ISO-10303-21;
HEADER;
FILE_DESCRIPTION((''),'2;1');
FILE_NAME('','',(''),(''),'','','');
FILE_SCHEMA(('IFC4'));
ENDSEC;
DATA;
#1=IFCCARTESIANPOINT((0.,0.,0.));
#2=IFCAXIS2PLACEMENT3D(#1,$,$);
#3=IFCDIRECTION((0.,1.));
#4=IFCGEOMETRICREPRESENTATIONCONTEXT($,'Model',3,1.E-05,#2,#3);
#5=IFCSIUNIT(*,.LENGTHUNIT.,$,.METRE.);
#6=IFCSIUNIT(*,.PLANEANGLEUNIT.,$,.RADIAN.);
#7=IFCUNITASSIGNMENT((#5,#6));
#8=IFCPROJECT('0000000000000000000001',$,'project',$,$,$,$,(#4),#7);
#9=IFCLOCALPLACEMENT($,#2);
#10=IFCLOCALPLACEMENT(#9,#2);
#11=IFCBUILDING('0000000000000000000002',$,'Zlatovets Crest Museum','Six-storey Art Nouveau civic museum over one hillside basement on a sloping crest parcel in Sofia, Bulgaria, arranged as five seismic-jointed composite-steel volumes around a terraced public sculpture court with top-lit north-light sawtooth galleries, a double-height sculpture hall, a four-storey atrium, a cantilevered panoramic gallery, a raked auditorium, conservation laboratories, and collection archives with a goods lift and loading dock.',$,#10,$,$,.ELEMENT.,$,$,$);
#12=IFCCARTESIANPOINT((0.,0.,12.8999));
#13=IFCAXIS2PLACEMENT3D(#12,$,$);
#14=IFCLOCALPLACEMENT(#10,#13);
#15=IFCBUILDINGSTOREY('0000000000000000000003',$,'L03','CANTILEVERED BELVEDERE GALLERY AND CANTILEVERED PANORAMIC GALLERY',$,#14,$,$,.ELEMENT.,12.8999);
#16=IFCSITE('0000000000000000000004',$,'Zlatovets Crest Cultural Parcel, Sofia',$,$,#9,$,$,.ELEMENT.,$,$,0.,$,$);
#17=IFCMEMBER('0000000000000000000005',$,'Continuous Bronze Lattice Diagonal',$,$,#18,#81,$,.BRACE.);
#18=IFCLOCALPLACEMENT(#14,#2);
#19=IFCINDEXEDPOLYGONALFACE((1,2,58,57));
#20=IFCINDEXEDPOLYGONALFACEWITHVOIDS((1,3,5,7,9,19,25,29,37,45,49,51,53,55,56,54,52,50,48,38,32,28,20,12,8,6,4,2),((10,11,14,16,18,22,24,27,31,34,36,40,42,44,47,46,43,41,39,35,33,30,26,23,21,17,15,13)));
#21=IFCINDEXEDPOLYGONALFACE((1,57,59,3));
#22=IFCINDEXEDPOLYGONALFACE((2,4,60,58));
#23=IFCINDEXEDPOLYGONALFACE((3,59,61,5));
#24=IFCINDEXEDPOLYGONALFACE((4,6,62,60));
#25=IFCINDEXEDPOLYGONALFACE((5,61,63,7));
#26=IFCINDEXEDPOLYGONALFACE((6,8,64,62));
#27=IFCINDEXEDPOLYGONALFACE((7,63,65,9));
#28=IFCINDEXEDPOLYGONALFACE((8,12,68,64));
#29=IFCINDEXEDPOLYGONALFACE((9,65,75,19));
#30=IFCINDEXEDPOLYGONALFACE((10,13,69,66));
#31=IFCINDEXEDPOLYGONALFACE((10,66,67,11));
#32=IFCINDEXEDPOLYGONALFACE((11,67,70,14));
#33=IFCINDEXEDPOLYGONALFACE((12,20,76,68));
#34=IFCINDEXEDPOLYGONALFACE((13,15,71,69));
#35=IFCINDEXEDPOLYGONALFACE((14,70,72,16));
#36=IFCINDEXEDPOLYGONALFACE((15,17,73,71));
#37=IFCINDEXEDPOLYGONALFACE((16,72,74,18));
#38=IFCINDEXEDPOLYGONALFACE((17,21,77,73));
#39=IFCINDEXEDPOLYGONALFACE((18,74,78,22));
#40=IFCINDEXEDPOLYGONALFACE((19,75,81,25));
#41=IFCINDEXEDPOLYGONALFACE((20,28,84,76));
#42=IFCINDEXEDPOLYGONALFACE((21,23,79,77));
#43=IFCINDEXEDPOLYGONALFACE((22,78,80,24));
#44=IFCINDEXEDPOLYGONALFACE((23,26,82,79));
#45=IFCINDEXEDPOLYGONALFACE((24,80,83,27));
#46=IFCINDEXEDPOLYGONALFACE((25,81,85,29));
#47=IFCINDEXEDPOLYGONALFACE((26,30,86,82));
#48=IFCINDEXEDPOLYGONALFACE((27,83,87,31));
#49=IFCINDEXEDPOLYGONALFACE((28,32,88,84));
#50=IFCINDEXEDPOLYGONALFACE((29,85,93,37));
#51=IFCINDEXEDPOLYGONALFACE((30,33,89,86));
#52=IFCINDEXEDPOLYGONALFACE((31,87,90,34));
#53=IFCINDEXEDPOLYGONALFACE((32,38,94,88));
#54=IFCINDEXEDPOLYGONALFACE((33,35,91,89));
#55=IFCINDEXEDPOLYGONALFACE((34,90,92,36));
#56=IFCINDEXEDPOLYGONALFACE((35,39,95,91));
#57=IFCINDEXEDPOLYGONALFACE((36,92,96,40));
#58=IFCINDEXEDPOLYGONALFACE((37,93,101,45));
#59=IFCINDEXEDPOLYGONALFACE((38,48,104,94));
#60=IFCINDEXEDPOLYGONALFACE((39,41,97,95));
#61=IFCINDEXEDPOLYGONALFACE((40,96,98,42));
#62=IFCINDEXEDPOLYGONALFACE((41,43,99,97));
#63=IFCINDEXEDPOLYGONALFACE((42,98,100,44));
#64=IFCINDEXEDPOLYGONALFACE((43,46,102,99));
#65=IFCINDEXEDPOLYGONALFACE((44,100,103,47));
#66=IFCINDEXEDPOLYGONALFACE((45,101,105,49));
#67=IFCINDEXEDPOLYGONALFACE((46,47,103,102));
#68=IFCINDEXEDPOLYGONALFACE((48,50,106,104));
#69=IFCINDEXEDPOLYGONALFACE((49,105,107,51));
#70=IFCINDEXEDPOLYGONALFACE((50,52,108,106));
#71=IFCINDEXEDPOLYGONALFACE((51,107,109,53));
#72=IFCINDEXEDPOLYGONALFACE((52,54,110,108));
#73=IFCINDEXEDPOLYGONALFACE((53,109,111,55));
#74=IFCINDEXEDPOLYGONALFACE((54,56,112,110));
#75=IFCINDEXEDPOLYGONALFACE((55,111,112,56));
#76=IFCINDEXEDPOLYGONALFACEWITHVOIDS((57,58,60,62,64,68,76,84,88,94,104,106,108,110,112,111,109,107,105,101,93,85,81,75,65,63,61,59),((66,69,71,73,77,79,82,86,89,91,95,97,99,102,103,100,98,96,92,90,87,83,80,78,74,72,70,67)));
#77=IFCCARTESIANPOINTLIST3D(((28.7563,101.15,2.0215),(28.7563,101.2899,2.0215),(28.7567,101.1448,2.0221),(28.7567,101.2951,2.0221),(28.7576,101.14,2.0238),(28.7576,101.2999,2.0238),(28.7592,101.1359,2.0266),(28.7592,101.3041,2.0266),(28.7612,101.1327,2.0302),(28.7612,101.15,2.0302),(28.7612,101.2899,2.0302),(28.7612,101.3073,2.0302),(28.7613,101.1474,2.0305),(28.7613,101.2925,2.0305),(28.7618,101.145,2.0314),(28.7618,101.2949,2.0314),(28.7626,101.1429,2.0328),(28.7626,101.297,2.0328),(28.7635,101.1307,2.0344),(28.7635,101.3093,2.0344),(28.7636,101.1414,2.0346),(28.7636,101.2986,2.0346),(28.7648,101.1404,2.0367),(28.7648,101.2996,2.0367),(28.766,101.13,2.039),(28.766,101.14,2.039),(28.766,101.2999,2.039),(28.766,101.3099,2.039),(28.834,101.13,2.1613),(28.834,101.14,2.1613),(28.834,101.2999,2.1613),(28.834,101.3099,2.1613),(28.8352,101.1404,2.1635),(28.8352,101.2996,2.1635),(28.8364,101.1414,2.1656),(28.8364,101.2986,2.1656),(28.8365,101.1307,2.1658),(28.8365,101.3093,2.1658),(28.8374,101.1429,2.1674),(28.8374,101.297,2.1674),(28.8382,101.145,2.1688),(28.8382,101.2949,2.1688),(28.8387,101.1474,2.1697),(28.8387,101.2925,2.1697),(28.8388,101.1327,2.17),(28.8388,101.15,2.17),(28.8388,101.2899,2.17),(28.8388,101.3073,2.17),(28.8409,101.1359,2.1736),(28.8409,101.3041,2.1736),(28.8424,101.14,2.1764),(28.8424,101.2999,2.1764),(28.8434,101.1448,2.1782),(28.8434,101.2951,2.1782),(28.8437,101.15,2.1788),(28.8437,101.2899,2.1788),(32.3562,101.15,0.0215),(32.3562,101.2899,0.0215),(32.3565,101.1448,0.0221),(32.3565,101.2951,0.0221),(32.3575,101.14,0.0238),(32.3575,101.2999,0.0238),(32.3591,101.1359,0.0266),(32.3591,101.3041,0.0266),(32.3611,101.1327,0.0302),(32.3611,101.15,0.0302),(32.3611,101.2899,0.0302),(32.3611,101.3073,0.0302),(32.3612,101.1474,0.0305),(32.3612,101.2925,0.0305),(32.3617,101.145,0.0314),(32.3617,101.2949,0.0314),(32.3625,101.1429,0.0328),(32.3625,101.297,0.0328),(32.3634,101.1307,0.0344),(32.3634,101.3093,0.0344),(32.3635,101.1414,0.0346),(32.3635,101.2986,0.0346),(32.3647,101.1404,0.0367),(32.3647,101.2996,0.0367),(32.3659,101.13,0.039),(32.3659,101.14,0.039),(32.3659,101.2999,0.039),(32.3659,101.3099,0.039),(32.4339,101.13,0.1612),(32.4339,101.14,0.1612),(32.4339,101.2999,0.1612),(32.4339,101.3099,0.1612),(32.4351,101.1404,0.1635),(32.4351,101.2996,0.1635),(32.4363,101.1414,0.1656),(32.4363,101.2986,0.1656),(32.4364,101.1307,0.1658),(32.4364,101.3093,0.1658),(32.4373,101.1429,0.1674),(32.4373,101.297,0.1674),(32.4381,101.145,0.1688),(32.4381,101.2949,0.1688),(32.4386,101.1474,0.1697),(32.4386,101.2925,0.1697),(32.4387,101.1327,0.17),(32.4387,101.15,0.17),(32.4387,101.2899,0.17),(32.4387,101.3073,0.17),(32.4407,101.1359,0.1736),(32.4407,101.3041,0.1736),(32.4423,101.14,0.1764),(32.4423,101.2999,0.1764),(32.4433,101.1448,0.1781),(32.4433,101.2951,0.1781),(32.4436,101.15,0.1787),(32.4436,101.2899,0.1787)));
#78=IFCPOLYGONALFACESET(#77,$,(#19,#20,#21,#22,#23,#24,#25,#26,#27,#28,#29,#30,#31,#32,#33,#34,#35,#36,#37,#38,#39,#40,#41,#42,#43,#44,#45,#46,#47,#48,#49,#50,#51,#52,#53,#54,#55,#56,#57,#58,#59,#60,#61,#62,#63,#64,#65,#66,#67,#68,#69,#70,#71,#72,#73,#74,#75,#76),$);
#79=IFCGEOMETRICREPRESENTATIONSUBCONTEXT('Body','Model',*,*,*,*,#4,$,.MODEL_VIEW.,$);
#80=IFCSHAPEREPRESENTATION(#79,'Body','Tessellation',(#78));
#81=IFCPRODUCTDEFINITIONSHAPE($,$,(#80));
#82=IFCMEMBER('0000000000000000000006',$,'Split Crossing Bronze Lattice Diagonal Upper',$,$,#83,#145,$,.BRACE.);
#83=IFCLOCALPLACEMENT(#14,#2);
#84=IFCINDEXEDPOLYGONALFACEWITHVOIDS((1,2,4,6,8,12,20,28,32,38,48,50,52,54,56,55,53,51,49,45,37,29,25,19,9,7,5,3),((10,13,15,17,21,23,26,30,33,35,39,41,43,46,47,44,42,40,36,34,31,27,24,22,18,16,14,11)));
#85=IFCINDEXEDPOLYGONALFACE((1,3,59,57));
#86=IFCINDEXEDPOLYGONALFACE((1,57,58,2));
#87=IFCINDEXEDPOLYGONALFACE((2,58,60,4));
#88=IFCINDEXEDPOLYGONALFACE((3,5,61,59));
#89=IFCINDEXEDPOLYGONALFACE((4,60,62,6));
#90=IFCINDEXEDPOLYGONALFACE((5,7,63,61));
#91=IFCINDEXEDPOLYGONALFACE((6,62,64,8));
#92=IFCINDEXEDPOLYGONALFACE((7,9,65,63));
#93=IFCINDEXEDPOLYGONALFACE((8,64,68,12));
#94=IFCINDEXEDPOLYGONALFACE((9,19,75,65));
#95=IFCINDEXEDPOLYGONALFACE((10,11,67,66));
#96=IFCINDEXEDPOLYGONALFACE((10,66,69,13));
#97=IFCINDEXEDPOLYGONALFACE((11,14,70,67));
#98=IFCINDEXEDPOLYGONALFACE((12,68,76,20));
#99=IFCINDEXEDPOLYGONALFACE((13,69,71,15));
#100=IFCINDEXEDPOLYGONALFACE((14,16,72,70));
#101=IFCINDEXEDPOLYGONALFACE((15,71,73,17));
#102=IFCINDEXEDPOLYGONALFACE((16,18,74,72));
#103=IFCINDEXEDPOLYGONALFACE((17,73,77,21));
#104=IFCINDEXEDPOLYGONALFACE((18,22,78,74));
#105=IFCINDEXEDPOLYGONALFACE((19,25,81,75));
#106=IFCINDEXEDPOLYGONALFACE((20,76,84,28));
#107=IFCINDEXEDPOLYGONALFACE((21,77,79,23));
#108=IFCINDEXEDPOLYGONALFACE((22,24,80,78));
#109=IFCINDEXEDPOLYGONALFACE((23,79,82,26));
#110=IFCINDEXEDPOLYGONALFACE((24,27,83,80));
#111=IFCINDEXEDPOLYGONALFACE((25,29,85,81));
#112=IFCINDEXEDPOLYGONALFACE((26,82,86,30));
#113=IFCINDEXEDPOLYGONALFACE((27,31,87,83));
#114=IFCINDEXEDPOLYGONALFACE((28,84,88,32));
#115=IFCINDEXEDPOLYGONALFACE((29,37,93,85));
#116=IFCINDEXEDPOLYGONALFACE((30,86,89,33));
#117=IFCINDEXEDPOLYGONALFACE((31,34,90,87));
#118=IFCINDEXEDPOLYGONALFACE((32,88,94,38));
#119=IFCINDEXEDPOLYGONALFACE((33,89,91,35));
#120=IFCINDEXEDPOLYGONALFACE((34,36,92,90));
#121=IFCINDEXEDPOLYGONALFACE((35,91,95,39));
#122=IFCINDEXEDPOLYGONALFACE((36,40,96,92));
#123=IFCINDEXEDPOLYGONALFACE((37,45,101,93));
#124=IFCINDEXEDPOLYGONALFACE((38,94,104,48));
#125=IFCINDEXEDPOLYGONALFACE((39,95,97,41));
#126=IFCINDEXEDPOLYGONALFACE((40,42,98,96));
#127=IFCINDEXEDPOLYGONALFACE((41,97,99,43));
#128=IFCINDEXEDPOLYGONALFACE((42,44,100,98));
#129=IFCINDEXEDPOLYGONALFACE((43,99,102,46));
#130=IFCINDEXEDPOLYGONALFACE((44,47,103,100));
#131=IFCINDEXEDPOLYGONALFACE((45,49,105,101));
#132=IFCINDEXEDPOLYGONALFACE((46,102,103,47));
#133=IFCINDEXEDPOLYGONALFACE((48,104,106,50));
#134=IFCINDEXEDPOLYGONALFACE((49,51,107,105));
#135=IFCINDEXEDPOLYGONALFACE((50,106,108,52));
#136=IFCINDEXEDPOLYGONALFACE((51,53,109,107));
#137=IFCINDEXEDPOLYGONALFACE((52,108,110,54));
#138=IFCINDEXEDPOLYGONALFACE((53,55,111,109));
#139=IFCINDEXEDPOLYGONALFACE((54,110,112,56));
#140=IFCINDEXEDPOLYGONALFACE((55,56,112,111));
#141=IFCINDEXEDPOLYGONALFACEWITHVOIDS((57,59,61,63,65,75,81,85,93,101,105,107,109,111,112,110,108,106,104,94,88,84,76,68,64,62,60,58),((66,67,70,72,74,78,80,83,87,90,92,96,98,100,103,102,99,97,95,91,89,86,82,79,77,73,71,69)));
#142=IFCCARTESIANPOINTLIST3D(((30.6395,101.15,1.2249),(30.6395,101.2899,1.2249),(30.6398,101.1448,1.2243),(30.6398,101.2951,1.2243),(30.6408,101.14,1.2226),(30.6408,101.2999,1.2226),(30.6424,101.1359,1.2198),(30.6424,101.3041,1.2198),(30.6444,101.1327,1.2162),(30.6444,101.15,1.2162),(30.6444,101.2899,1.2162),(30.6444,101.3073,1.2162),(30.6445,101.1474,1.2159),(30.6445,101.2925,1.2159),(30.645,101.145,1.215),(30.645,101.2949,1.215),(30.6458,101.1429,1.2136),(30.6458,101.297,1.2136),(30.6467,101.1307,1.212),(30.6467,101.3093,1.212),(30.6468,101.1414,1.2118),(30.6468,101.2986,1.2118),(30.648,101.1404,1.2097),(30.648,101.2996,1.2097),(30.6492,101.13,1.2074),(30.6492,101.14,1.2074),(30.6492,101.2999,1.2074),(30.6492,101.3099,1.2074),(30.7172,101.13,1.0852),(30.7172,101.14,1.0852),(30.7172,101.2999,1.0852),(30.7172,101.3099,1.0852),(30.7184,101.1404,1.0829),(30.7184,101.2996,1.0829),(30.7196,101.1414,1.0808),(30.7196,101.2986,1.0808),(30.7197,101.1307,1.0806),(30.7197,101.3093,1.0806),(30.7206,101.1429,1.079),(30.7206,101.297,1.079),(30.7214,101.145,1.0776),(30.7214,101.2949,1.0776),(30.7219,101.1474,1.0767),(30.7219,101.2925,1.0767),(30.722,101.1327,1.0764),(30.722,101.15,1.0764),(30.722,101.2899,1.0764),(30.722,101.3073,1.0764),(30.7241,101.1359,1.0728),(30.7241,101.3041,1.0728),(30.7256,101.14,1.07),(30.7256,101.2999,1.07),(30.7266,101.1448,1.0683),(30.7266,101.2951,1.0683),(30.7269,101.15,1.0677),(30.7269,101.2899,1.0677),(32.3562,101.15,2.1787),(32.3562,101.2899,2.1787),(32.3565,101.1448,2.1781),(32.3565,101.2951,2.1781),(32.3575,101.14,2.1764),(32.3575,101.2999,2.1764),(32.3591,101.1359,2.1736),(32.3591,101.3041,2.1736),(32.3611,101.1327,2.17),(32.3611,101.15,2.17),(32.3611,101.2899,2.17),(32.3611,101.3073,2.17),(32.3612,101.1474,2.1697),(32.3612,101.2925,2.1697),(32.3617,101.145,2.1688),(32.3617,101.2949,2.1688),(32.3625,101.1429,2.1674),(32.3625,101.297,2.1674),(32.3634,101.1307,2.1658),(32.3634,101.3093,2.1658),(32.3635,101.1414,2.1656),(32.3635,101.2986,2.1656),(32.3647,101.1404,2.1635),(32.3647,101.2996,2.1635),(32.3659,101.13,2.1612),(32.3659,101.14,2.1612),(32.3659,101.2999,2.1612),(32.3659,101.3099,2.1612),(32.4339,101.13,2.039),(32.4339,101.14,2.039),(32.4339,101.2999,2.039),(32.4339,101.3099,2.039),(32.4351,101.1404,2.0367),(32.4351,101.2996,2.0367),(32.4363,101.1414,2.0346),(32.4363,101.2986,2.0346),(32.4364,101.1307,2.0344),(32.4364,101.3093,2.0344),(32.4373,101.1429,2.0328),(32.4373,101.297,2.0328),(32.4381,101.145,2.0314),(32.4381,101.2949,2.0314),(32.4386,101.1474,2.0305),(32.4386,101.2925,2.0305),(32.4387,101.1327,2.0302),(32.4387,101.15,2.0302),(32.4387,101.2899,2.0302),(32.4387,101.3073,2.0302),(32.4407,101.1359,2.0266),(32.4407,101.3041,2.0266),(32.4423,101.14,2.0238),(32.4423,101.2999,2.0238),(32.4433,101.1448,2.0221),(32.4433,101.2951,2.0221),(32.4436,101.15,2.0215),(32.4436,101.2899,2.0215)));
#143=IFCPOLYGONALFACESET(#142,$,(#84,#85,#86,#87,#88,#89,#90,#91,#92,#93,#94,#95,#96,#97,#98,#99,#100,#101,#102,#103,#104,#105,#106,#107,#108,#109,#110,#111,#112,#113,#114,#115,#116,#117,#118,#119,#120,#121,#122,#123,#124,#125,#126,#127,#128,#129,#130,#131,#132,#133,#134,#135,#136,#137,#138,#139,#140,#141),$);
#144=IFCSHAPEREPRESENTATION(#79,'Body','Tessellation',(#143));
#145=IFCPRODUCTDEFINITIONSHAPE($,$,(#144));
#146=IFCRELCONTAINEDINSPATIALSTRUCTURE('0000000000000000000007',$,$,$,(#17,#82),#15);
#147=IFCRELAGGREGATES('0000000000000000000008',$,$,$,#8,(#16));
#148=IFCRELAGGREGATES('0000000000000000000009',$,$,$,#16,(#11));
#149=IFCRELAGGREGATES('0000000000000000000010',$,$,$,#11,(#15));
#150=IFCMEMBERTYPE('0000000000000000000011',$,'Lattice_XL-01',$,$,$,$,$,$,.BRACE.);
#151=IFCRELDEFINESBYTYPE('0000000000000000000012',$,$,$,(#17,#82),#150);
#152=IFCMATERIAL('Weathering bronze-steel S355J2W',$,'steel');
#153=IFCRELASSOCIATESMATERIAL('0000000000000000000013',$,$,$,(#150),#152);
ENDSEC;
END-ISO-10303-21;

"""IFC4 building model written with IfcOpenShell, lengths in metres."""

from ifc_helpers import new_model, si_unit, direction, frame, origin, origin_2d, place, context, subcontext, project, spatial, hollow_rectangle, extrude, material, material_profile, profile_set, type_object, element, save


model = new_model("IFC4")

# Units and contexts
model_context = context("Model", 3, precision=1e-05, world=origin(), true_north=direction((0.0, 1.0)))
body_context = subcontext(model_context, "Body", "Model", "MODEL_VIEW")
ifc_project = project(units=[si_unit("LENGTHUNIT", "METRE"), si_unit("PLANEANGLEUNIT", "RADIAN")], contexts=[model_context])

# Site, building, storey
site_placement = place(None, origin())
site = spatial("IfcSite", under=ifc_project, at=site_placement, Name="Zlatovets Crest Cultural Parcel, Sofia", CompositionType="ELEMENT", RefElevation=0.0)
building_placement = place(site_placement, origin())
building = spatial("IfcBuilding", under=site, at=building_placement, Name="Zlatovets Crest Museum", Description="Six-storey Art Nouveau civic museum over one hillside basement on a sloping crest parcel in Sofia, Bulgaria, arranged as five seismic-jointed composite-steel volumes around a terraced public sculpture court with top-lit north-light sawtooth galleries, a double-height sculpture hall, a four-storey atrium, a cantilevered panoramic gallery, a raked auditorium, conservation laboratories, and collection archives with a goods lift and loading dock.", CompositionType="ELEMENT")
storey_placement = place(building_placement, frame((0.0, 0.0, 12.8999)))
storey = spatial("IfcBuildingStorey", under=building, at=storey_placement, Name="L03", Description="CANTILEVERED BELVEDERE GALLERY AND CANTILEVERED PANORAMIC GALLERY", CompositionType="ELEMENT", Elevation=12.8999)

# Members
ifc_material_1 = material(Name="Weathering bronze-steel S355J2W", Category="steel")
ifc_material_profile_1 = material_profile(ifc_material_1, hollow_rectangle(XDim=0.1799, YDim=0.1799, WallThickness=0.01, InnerFilletRadius=0.01, OuterFilletRadius=0.02, at=origin_2d()), Name="SHS 180x180x10.0")
ifc_profile_set_1 = profile_set([ifc_material_profile_1], Name="Weathering bronze-steel S355J2W")
member_type_1 = type_object("IfcMemberType", Name="Lattice_XL-01", PredefinedType="BRACE", material=ifc_profile_set_1)
member_1_placement = place(storey_placement, frame((32.3999, 101.22, 0.1001), z_axis=(-0.874149, 0.0, 0.485658), x_axis=(0.0, -1.0, 0.0)))
element("IfcMember", 1, at=member_1_placement, inside=storey, type_object=member_type_1, Name="Continuous Bronze Lattice Diagonal", PredefinedType="BRACE", context=body_context, shape_type="SweptSolid", body=[
    extrude(hollow_rectangle(XDim=0.1799, YDim=0.1799, WallThickness=0.01, InnerFilletRadius=0.01, OuterFilletRadius=0.02, at=origin_2d()), origin(), (0.0, 0.0, 1.0), 4.1182),
])
member_2_placement = place(storey_placement, frame((32.3999, 101.22, 2.1001), z_axis=(-0.87414, 0.0, -0.485675), x_axis=(0.0, -1.0, 0.0)))
element("IfcMember", 2, at=member_2_placement, inside=storey, type_object=member_type_1, Name="Split Crossing Bronze Lattice Diagonal Upper", PredefinedType="BRACE", context=body_context, shape_type="SweptSolid", body=[
    extrude(hollow_rectangle(XDim=0.1799, YDim=0.1799, WallThickness=0.01, InnerFilletRadius=0.01, OuterFilletRadius=0.02, at=origin_2d()), origin(), (0.0, 0.0, 1.0), 1.9639),
])

save(model, "model.ifc")
